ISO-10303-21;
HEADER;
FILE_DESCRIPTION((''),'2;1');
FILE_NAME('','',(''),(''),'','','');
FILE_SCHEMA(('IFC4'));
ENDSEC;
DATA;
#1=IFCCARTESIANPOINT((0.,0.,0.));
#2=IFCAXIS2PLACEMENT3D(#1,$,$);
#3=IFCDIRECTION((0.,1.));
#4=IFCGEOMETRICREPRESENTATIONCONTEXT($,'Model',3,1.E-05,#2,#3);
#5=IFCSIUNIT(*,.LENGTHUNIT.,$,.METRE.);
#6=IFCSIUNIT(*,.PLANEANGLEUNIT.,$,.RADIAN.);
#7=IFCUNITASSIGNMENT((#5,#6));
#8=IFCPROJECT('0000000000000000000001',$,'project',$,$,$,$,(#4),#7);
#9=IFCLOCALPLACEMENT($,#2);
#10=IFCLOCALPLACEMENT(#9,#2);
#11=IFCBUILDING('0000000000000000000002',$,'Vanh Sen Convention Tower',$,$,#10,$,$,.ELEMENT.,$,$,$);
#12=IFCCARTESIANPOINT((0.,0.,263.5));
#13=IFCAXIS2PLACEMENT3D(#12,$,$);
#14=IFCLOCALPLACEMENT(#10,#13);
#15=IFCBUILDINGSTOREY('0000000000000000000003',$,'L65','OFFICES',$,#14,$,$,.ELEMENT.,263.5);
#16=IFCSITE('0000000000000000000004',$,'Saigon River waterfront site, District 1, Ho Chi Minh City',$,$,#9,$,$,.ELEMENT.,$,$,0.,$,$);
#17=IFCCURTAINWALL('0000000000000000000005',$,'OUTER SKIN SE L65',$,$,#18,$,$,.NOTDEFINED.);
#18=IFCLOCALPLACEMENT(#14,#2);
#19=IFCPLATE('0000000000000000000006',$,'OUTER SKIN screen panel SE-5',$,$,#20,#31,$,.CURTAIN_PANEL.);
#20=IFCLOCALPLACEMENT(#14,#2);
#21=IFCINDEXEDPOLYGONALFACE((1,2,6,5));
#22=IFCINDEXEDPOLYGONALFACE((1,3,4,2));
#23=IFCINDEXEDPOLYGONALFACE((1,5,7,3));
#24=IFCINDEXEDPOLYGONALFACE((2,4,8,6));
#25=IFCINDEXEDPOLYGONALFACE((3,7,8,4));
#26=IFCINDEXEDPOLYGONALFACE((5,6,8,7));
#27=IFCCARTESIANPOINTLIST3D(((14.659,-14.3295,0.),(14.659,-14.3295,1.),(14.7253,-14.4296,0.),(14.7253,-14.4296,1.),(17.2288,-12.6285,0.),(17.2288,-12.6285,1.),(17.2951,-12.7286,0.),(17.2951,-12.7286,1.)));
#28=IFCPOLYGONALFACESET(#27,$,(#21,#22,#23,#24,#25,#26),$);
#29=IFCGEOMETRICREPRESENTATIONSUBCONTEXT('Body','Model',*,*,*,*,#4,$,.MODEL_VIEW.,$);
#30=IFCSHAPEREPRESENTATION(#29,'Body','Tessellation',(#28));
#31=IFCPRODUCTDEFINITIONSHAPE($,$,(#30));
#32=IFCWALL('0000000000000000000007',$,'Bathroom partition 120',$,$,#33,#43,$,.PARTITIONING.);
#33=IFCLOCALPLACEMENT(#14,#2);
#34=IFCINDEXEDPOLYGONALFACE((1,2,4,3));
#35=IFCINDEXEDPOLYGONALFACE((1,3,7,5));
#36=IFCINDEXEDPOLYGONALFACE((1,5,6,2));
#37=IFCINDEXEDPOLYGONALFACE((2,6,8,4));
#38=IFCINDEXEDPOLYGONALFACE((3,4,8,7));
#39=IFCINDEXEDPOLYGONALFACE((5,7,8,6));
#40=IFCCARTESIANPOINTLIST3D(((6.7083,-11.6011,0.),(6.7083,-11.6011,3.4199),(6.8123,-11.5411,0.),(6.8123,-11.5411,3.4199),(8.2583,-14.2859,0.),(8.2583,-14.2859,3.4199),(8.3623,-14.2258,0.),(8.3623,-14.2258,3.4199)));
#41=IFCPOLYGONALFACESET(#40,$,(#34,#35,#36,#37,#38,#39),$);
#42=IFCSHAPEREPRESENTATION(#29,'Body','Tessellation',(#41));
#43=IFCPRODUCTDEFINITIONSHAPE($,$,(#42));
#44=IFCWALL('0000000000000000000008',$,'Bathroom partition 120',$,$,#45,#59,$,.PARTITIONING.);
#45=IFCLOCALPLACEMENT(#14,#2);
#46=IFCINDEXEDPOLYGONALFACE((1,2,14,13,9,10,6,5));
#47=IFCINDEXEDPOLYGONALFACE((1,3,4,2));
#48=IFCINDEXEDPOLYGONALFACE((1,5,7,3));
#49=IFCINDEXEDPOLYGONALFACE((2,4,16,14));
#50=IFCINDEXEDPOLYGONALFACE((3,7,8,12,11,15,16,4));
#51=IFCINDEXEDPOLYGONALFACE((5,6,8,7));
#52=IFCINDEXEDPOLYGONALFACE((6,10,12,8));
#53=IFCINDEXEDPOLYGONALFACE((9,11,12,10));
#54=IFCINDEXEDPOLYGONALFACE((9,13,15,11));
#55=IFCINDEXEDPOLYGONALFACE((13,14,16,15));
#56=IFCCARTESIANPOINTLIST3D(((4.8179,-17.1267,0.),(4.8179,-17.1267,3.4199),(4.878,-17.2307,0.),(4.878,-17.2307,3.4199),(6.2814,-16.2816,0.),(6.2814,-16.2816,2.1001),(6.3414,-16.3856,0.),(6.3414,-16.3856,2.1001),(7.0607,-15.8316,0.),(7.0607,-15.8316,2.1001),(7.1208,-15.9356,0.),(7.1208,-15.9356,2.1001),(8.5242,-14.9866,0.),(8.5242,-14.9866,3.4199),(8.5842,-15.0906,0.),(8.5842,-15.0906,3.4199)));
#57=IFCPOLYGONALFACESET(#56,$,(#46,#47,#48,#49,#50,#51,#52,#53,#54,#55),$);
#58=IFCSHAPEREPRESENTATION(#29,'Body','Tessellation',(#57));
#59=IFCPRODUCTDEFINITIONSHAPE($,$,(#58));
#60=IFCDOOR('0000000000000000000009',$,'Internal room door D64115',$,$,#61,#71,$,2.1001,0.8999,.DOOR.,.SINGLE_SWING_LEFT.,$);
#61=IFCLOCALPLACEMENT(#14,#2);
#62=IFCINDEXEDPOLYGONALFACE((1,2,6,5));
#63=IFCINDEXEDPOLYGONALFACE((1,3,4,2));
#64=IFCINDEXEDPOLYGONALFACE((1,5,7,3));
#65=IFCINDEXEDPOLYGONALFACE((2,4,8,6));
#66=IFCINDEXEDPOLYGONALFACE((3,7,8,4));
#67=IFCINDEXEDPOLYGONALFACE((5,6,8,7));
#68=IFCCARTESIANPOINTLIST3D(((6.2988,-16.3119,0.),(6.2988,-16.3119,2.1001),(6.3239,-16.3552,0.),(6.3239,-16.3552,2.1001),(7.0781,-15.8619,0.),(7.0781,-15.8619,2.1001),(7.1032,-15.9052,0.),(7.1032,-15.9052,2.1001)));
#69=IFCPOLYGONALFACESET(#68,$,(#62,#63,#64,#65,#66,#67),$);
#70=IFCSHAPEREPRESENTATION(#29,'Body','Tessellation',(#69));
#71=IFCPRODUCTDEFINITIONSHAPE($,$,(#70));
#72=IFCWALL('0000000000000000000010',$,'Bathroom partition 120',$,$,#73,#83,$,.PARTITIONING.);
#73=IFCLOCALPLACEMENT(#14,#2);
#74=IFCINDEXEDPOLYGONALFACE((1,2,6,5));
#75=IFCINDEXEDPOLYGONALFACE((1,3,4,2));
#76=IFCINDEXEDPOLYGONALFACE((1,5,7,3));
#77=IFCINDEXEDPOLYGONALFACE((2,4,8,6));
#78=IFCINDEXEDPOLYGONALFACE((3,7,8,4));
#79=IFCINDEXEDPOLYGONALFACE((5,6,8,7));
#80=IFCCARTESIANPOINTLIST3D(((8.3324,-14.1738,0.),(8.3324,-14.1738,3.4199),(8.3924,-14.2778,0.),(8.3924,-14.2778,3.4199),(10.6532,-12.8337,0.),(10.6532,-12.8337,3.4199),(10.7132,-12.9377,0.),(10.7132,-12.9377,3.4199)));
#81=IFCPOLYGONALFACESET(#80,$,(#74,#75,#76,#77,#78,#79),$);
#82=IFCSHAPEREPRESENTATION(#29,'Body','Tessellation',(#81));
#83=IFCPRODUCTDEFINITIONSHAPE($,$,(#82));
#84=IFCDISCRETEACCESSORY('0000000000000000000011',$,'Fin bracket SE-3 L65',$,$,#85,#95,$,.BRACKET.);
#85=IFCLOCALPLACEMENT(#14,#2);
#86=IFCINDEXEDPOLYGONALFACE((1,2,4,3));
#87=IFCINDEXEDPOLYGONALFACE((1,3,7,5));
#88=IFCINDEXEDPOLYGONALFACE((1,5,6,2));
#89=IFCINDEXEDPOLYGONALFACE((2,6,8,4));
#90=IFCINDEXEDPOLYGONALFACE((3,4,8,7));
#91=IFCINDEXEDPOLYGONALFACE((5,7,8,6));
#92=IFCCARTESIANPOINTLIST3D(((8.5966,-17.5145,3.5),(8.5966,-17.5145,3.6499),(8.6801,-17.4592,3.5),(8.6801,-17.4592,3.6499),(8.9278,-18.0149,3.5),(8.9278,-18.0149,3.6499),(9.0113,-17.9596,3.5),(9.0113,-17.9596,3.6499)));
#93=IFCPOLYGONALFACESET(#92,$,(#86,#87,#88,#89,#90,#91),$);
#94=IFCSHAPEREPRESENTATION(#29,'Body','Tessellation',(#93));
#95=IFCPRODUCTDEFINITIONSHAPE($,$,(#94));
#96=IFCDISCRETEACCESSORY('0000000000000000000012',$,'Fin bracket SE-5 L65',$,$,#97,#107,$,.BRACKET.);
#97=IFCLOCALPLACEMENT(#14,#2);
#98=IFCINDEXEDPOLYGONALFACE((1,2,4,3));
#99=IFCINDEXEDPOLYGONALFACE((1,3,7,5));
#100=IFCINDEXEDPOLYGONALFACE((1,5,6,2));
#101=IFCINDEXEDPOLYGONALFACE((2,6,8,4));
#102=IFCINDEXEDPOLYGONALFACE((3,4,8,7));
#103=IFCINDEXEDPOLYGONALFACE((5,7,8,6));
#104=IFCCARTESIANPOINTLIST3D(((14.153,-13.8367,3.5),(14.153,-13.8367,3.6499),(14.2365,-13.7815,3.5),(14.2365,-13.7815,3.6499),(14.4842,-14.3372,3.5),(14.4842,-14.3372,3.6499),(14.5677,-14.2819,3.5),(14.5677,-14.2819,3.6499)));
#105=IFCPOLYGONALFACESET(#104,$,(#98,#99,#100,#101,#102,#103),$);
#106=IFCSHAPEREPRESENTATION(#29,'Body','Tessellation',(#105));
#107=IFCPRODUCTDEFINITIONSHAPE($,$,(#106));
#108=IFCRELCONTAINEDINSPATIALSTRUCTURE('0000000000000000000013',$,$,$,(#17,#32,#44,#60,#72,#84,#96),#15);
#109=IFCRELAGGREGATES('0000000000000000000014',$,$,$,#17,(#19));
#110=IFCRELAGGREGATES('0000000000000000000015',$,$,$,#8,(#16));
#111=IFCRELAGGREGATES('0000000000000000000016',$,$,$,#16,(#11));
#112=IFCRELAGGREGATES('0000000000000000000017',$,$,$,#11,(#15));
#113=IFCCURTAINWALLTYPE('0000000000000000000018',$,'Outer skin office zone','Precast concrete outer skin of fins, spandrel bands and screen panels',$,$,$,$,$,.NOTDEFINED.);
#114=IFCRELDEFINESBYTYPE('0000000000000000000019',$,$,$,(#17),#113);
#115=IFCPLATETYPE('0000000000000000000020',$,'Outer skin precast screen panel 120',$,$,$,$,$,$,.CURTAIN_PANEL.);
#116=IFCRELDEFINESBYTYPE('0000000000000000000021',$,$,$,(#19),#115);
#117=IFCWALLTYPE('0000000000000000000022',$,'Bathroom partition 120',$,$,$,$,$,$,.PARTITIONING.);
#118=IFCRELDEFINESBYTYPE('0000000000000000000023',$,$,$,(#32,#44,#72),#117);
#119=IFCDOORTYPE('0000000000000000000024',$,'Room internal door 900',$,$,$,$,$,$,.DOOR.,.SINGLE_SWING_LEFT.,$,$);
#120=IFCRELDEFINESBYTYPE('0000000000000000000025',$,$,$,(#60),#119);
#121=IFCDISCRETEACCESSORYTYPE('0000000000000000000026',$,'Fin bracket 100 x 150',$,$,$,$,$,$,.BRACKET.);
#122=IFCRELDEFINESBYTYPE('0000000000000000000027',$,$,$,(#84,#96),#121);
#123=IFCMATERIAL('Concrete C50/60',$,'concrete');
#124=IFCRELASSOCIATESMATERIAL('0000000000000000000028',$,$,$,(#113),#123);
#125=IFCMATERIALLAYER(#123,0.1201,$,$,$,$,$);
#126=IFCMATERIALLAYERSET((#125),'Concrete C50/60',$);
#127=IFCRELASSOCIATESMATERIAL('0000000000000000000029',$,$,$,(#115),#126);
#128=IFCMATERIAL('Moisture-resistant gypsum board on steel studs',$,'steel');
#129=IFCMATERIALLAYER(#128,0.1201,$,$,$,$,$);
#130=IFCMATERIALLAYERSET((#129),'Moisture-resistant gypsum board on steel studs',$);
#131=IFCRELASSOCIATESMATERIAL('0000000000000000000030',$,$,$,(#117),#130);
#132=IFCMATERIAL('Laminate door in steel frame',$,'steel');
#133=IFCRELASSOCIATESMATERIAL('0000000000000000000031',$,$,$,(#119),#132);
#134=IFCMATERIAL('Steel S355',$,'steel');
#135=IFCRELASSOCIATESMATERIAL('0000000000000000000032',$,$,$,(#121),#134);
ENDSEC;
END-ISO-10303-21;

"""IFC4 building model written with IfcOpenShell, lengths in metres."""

from ifc_helpers import new_model, si_unit, direction, frame, frame_2d, origin, origin_2d, place, context, subcontext, project, spatial, rectangle, extrude, material, layer, layer_set, type_object, element, fill, aggregate, save


model = new_model("IFC4")

# Units and contexts
model_context = context("Model", 3, precision=1e-05, world=origin(), true_north=direction((0.0, 1.0)))
body_context = subcontext(model_context, "Body", "Model", "MODEL_VIEW")
ifc_project = project(units=[si_unit("LENGTHUNIT", "METRE"), si_unit("PLANEANGLEUNIT", "RADIAN")], contexts=[model_context])

# Site, building, storey
site_placement = place(None, origin())
site = spatial("IfcSite", under=ifc_project, at=site_placement, Name="Saigon River waterfront site, District 1, Ho Chi Minh City", CompositionType="ELEMENT", RefElevation=0.0)
building_placement = place(site_placement, origin())
building = spatial("IfcBuilding", under=site, at=building_placement, Name="Vanh Sen Convention Tower", CompositionType="ELEMENT")
storey_placement = place(building_placement, frame((0.0, 0.0, 263.5)))
storey = spatial("IfcBuildingStorey", under=building, at=storey_placement, Name="L65", Description="OFFICES", CompositionType="ELEMENT", Elevation=263.5)

# Curtain wall
ifc_material_1 = material(Name="Concrete C50/60", Category="concrete")
curtain_wall_type = type_object("IfcCurtainWallType", Name="Outer skin office zone", Description="Precast concrete outer skin of fins, spandrel bands and screen panels", PredefinedType="NOTDEFINED", material=ifc_material_1)
curtain_wall_1_placement = place(storey_placement, origin())
curtain_wall_1 = element("IfcCurtainWall", 1, at=curtain_wall_1_placement, inside=storey, type_object=curtain_wall_type, Name="OUTER SKIN SE L65", PredefinedType="NOTDEFINED")

# Plate
ifc_layer_1 = layer(ifc_material_1, 0.1201)
ifc_layer_set_1 = layer_set([ifc_layer_1], Name="Concrete C50/60")
plate_type = type_object("IfcPlateType", Name="Outer skin precast screen panel 120", PredefinedType="CURTAIN_PANEL", material=ifc_layer_set_1)
plate_1_placement = place(storey_placement, frame((15.9771, -13.5291, 0.0), z_axis=(0.0, 0.0, 1.0), x_axis=(0.833879, 0.551947, 0.0)))
plate_1 = element("IfcPlate", 2, at=plate_1_placement, type_object=plate_type, Name="OUTER SKIN screen panel SE-5", PredefinedType="CURTAIN_PANEL", context=body_context, shape_type="SweptSolid", body=[
    extrude(rectangle(XDim=3.0818, YDim=0.1201, at=origin_2d()), origin(), (0.0, 0.0, 1.0), 1.0),
])
aggregate(curtain_wall_1, [plate_1])

# Wall
ifc_material_2 = material(Name="Moisture-resistant gypsum board on steel studs", Category="steel")
ifc_layer_2 = layer(ifc_material_2, 0.1201)
ifc_layer_set_2 = layer_set([ifc_layer_2], Name="Moisture-resistant gypsum board on steel studs")
wall_type = type_object("IfcWallType", Name="Bathroom partition 120", PredefinedType="PARTITIONING", material=ifc_layer_set_2)
wall_1_placement = place(storey_placement, frame((8.3103, -14.2559, 0.0), z_axis=(0.0, 0.0, 1.0), x_axis=(-0.499993, 0.86603, 0.0)))
element("IfcWall", 3, at=wall_1_placement, inside=storey, type_object=wall_type, Name="Bathroom partition 120", PredefinedType="PARTITIONING", context=body_context, shape_type="SweptSolid", body=[
    extrude(rectangle(XDim=3.1001, YDim=0.1201, at=frame_2d((1.55, 0.0))), origin(), (0.0, 0.0, 1.0), 3.4199),
])

# Wall, opening, door
wall_2_placement = place(storey_placement, frame((8.5542, -15.0386, 0.0), z_axis=(0.0, 0.0, 1.0), x_axis=(-0.865995, -0.500053, 0.0)))
wall_2 = element("IfcWall", 4, at=wall_2_placement, inside=storey, type_object=wall_type, Name="Bathroom partition 120", PredefinedType="PARTITIONING", context=body_context, shape_type="SweptSolid", body=[
    extrude(rectangle(XDim=4.2798, YDim=0.1201, at=frame_2d((2.1399, 0.0))), origin(), (0.0, 0.0, 1.0), 3.4199),
])
opening_placement = place(wall_2_placement, frame((1.6899, 0.0, 0.0)))
opening = element("IfcOpeningElement", 5, at=opening_placement, cuts=wall_2, PredefinedType="OPENING", context=body_context, shape_type="SweptSolid", body=[
    extrude(rectangle(XDim=0.8999, YDim=2.1001, at=frame_2d((0.45, 1.05))), frame((0.0, 0.0701, 0.0), z_axis=(0.0, -1.0, 0.0), x_axis=(1.0, 0.0, 0.0)), (0.0, 0.0, 1.0), 0.1401),
])
ifc_material_3 = material(Name="Laminate door in steel frame", Category="steel")
door_type = type_object("IfcDoorType", Name="Room internal door 900", OperationType="SINGLE_SWING_LEFT", PredefinedType="DOOR", material=ifc_material_3)
door_placement = place(opening_placement, origin())
door = element("IfcDoor", 6, at=door_placement, inside=storey, type_object=door_type, Name="Internal room door D64115", OperationType="SINGLE_SWING_LEFT", OverallHeight=2.1001, OverallWidth=0.8999, PredefinedType="DOOR", context=body_context, shape_type="SweptSolid", body=[
    extrude(rectangle(XDim=0.8999, YDim=2.1001, at=frame_2d((0.45, 1.05))), frame((0.0, 0.0249, 0.0), z_axis=(0.0, -1.0, 0.0), x_axis=(1.0, 0.0, 0.0)), (0.0, 0.0, 1.0), 0.05),
])
fill(opening, door)

# Wall
wall_3_placement = place(storey_placement, frame((10.6831, -12.8857, 0.0), z_axis=(0.0, 0.0, 1.0), x_axis=(-0.865997, -0.500048, 0.0)))
element("IfcWall", 7, at=wall_3_placement, inside=storey, type_object=wall_type, Name="Bathroom partition 120", PredefinedType="PARTITIONING", context=body_context, shape_type="SweptSolid", body=[
    extrude(rectangle(XDim=2.6799, YDim=0.1201, at=frame_2d((1.3398, 0.0))), origin(), (0.0, 0.0, 1.0), 3.4199),
])

# Discrete accessories
ifc_material_4 = material(Name="Steel S355", Category="steel")
discrete_accessory_type = type_object("IfcDiscreteAccessoryType", Name="Fin bracket 100 x 150", PredefinedType="BRACKET", material=ifc_material_4)
for number, where, z_axis, x_axis, name in (
    (8, (8.804, -17.7371, 3.5), (0.0, 0.0, 1.0), (0.551937, -0.833886, 0.0), "Fin bracket SE-3 L65"),
    (9, (14.3604, -14.0593, 3.5), (0.0, 0.0, 1.0), (0.551937, -0.833886, 0.0), "Fin bracket SE-5 L65"),
):
    element("IfcDiscreteAccessory", number, at=place(storey_placement, frame(where, z_axis=z_axis, x_axis=x_axis)), inside=storey, type_object=discrete_accessory_type, Name=name, PredefinedType="BRACKET", context=body_context, shape_type="SweptSolid", body=[
        extrude(rectangle(XDim=0.6001, YDim=0.1001, at=origin_2d()), origin(), (0.0, 0.0, 1.0), 0.1499),
    ])

save(model, "model.ifc")
